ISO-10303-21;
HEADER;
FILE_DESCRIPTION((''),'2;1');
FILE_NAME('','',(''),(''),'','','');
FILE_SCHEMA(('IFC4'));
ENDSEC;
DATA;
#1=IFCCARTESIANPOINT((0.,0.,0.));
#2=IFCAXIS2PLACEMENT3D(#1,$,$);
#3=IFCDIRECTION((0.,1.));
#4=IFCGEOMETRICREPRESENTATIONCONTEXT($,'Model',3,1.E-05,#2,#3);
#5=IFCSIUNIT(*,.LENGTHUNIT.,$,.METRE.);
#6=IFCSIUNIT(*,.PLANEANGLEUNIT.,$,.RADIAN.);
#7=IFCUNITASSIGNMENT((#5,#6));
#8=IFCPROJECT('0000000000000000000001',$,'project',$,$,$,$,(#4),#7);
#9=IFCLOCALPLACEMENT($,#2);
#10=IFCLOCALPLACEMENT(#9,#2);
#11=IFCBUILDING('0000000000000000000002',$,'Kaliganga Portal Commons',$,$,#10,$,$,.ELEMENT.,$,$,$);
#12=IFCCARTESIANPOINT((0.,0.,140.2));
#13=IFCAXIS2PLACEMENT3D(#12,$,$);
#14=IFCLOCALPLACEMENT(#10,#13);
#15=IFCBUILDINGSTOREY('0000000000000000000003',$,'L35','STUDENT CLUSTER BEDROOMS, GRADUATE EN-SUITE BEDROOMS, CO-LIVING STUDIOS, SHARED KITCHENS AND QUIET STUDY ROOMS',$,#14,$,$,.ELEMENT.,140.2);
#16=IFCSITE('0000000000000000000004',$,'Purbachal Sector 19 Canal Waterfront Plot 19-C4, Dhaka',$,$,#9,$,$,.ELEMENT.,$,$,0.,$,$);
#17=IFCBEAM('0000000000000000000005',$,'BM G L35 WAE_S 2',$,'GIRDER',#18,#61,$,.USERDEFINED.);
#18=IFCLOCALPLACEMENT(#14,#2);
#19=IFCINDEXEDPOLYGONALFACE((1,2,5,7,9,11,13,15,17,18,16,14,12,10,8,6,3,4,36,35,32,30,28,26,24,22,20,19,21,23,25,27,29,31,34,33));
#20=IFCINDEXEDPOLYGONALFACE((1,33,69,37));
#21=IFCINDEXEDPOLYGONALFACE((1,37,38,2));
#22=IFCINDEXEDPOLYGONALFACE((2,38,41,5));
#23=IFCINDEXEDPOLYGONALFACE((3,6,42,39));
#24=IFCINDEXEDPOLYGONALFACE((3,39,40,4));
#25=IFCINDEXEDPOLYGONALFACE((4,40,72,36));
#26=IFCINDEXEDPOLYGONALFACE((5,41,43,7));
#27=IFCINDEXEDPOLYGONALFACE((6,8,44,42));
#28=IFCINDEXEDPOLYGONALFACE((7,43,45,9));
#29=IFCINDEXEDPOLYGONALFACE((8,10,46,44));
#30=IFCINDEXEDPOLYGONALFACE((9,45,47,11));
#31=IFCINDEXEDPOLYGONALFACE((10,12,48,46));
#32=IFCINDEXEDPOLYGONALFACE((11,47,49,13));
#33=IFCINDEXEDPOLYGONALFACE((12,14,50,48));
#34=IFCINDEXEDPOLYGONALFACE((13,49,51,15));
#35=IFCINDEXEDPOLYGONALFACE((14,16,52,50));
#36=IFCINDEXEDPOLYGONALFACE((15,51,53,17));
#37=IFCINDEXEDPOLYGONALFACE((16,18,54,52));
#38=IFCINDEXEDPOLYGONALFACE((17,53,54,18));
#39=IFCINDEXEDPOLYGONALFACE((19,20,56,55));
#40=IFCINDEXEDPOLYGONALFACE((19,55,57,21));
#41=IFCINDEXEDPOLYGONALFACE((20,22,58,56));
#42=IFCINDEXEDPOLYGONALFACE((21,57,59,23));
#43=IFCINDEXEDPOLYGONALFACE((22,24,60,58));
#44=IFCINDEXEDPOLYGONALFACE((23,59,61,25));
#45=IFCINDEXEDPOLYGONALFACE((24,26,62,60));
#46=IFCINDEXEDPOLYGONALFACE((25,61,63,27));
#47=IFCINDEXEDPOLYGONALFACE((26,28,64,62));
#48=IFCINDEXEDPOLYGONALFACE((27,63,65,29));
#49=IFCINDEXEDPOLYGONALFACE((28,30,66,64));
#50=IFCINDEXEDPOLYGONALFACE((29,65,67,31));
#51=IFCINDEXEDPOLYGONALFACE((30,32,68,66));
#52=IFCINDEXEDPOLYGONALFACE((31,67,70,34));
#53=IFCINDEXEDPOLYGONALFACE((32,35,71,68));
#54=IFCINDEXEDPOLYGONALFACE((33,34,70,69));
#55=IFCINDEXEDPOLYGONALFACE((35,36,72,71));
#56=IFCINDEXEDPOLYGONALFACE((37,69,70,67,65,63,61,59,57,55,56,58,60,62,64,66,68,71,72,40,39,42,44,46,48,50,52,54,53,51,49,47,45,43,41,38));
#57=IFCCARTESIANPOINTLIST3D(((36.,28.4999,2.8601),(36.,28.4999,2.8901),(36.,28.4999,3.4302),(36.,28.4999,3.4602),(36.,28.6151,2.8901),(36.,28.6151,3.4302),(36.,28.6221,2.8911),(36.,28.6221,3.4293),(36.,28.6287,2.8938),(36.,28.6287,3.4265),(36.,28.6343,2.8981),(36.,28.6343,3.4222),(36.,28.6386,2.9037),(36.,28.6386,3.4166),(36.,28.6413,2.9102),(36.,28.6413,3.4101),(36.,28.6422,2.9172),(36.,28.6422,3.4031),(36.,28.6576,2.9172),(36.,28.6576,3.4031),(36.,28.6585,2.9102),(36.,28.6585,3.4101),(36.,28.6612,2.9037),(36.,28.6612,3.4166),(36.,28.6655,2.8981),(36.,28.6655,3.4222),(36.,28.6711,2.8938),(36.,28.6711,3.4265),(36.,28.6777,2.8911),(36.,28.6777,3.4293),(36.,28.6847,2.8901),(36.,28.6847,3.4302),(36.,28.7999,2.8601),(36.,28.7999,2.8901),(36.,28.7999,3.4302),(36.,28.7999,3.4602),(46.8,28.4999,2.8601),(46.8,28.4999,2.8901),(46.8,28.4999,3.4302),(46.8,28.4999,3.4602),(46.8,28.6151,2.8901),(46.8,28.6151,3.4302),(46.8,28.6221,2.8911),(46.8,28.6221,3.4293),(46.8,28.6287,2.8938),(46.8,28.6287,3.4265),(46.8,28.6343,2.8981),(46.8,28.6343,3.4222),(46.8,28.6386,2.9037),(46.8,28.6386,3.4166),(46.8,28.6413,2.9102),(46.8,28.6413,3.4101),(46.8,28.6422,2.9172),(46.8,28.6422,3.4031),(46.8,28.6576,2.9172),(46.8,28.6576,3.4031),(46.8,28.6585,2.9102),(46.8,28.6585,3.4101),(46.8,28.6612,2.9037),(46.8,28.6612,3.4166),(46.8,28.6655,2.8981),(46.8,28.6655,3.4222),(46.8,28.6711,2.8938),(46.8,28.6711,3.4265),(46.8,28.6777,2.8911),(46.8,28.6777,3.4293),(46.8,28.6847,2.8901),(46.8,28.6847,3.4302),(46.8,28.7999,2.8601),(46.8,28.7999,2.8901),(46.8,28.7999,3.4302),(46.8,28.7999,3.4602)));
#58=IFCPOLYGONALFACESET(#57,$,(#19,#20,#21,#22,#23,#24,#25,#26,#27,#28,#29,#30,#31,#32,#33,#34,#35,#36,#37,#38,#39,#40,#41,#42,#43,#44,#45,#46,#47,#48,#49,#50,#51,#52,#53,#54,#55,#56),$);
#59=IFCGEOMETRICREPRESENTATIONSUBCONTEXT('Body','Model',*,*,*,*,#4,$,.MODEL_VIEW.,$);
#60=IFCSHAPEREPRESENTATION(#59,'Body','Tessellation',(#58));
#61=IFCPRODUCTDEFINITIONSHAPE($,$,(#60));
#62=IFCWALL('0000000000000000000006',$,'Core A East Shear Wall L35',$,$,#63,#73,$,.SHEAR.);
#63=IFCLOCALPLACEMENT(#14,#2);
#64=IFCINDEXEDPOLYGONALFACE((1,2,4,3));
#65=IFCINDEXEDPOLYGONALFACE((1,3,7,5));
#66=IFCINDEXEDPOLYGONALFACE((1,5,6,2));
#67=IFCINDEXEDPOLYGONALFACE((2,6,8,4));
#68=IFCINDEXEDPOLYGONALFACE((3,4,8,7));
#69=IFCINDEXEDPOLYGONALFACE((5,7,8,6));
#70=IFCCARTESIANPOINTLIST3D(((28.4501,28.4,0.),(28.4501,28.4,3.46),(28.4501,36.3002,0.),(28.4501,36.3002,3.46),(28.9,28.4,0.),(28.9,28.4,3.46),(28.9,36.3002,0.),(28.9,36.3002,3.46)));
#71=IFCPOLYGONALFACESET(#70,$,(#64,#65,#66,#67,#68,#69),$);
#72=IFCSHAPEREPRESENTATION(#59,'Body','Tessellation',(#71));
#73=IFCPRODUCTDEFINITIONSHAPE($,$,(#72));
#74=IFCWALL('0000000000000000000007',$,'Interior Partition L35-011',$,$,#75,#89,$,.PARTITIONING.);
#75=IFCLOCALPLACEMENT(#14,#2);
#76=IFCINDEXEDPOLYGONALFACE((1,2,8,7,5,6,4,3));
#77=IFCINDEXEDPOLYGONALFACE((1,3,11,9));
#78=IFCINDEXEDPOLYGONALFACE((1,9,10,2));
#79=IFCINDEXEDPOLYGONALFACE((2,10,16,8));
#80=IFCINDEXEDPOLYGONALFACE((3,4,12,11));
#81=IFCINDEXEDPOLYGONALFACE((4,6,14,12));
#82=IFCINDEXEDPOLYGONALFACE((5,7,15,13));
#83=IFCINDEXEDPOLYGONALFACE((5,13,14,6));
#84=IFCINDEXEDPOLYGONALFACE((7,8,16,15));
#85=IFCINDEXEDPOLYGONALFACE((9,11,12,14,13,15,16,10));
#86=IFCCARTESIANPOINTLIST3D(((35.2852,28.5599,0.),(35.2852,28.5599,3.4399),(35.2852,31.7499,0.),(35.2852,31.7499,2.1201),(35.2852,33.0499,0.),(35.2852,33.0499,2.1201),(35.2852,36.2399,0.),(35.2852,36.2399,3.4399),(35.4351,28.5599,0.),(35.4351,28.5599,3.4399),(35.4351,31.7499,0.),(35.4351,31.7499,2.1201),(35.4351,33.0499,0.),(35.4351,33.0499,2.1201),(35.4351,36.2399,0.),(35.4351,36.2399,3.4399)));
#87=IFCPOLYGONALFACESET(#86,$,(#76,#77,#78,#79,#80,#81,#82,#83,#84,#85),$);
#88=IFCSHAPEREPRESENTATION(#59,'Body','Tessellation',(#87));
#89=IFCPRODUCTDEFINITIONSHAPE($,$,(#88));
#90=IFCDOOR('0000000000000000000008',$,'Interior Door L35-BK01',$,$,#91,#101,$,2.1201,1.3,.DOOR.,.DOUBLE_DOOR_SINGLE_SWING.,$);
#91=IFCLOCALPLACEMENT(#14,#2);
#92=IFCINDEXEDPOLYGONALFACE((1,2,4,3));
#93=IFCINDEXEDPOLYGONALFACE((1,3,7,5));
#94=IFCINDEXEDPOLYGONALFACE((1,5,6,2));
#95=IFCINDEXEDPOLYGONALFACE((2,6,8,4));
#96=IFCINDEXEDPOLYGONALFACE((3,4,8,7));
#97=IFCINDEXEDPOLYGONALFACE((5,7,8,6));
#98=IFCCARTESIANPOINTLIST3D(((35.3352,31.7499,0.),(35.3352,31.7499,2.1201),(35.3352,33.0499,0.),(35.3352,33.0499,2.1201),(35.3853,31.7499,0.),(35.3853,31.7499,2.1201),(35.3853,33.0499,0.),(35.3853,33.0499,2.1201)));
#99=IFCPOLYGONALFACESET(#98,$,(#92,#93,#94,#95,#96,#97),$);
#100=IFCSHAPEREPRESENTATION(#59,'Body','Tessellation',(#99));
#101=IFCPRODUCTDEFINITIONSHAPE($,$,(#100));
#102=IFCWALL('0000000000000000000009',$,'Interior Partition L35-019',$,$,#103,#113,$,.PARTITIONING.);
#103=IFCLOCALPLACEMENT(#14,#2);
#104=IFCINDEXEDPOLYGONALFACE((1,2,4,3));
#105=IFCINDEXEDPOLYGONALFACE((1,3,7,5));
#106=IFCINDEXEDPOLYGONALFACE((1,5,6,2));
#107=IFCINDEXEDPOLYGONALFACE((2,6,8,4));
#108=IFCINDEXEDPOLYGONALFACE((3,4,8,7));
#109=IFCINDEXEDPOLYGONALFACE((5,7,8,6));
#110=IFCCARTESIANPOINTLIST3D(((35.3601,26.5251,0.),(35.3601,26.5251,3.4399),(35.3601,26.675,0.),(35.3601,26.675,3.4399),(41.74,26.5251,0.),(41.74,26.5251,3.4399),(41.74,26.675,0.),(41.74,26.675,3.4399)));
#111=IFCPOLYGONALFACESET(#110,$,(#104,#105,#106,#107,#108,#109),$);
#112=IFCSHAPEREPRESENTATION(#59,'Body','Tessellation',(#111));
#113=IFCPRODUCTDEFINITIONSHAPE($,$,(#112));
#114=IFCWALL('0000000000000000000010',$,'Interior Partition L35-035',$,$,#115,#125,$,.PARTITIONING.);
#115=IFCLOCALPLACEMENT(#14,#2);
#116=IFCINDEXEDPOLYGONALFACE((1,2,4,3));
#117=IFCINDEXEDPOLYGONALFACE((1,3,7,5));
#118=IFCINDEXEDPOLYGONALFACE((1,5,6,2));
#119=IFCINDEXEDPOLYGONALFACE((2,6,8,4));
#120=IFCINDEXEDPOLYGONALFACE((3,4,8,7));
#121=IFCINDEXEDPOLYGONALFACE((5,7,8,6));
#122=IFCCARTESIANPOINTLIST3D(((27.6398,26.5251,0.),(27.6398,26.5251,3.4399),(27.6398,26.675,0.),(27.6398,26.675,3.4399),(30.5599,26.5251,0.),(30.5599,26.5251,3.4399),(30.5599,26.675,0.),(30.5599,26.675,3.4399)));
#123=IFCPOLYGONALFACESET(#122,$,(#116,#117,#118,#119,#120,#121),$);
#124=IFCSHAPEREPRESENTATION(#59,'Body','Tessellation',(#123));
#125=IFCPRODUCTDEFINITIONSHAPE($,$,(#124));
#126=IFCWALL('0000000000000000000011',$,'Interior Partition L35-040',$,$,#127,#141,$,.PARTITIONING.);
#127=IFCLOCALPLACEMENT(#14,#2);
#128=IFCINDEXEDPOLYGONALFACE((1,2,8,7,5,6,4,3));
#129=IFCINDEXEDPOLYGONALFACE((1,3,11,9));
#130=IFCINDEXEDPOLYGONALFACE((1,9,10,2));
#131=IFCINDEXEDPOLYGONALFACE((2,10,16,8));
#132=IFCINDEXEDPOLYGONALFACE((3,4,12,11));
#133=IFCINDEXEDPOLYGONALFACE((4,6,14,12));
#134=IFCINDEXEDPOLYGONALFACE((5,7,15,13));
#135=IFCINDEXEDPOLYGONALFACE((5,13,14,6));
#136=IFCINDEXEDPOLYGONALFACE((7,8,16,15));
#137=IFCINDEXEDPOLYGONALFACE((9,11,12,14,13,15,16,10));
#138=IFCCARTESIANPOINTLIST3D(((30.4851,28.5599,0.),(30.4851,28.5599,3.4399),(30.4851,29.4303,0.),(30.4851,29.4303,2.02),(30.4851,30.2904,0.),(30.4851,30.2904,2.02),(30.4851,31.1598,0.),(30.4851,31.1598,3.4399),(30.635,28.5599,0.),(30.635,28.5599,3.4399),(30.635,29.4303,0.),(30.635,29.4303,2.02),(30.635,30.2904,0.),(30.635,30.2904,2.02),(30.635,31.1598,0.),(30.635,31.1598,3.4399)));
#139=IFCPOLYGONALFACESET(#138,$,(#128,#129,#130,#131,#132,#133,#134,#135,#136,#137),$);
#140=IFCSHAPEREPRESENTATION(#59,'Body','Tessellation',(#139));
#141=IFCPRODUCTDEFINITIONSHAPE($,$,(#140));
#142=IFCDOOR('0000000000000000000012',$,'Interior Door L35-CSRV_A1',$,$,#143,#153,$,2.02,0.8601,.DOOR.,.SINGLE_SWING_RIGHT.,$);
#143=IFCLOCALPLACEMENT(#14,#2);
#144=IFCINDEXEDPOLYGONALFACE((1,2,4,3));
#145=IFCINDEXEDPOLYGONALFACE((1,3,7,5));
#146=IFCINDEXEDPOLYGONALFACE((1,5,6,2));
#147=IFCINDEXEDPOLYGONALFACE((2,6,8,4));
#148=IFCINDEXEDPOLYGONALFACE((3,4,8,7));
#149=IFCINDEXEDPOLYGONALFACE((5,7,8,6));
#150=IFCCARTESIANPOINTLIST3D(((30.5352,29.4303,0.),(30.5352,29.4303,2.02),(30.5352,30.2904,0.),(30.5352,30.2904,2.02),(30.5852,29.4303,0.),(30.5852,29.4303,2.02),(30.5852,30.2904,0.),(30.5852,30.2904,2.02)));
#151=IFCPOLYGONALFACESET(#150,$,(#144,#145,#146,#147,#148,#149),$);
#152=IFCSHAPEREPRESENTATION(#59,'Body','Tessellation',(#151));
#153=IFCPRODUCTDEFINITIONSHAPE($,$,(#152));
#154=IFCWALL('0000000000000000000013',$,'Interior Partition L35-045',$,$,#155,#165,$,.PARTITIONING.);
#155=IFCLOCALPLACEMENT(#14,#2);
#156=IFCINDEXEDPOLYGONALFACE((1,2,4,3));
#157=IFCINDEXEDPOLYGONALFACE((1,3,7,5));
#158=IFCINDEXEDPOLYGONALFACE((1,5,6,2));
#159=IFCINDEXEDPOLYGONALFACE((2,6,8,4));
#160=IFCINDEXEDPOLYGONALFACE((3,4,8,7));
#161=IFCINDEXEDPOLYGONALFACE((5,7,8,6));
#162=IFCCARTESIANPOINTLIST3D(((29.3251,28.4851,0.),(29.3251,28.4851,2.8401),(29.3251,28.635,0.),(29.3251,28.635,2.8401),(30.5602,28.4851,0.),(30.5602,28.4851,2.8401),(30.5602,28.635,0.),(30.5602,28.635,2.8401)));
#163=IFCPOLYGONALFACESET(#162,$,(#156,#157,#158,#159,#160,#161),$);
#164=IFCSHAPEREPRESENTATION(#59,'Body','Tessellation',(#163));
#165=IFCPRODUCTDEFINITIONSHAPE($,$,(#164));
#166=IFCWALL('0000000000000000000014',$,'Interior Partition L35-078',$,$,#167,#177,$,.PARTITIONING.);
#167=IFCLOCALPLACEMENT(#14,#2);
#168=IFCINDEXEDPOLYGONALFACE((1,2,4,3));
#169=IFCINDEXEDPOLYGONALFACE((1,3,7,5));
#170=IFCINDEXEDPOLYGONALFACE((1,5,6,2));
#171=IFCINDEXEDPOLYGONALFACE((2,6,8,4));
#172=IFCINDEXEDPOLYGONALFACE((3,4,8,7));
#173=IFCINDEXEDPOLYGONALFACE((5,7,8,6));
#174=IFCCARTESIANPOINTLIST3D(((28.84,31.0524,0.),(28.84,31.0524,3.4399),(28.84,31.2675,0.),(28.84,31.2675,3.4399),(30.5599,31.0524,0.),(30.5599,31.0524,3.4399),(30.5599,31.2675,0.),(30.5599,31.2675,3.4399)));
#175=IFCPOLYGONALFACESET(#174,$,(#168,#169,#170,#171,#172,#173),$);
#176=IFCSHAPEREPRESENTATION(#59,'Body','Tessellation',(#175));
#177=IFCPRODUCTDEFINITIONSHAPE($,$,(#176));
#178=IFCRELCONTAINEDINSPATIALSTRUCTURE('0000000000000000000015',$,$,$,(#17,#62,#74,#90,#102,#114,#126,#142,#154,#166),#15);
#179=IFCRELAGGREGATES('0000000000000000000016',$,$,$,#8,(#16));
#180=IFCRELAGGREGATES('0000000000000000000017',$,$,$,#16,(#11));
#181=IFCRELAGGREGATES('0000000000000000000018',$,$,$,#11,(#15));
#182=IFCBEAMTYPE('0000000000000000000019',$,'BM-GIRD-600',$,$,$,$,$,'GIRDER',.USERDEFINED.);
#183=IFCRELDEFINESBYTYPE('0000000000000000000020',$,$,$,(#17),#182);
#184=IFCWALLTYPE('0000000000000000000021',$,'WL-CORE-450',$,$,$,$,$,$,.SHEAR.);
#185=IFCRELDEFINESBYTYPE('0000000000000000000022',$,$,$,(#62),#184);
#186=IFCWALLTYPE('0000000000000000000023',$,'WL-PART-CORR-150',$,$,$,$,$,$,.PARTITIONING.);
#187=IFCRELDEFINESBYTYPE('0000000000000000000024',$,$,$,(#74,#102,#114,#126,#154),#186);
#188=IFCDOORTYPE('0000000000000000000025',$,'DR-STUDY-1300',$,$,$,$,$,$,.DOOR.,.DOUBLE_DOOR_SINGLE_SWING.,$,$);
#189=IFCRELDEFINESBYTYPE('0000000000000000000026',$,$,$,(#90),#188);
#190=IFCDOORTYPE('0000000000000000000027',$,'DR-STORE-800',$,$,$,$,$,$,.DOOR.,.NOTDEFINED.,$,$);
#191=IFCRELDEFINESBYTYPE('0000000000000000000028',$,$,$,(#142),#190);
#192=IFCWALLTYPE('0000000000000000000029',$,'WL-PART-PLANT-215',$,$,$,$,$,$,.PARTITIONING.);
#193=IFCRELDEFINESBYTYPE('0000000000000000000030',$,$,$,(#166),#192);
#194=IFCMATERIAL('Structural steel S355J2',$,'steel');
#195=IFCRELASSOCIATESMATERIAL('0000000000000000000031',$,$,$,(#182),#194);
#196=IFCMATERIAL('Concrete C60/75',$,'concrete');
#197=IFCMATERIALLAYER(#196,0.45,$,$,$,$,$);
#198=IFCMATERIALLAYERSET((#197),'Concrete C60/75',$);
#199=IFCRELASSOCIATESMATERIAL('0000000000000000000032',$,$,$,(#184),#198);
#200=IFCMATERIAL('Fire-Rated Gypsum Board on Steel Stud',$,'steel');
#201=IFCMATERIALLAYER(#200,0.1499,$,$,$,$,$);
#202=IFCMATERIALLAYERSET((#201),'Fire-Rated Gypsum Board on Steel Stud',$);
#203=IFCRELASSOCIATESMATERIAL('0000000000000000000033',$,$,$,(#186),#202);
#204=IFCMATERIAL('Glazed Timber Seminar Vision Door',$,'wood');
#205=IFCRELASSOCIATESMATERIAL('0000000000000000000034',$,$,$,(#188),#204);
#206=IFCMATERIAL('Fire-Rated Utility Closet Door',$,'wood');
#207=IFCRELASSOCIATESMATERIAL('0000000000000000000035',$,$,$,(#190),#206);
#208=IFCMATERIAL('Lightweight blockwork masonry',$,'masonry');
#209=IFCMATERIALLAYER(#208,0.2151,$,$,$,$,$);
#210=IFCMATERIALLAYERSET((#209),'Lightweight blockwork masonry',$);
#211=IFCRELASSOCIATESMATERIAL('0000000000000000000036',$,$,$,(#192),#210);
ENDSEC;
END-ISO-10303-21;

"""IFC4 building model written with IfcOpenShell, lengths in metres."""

from ifc_helpers import new_model, si_unit, direction, frame, frame_2d, origin, origin_2d, place, context, subcontext, project, spatial, rectangle, i_section, extrude, source, transform, mapped, material, layer, layer_set, material_profile, profile_set, type_object, element, fill, save


model = new_model("IFC4")

# Units and contexts
model_context = context("Model", 3, precision=1e-05, world=origin(), true_north=direction((0.0, 1.0)))
body_context = subcontext(model_context, "Body", "Model", "MODEL_VIEW")
ifc_project = project(units=[si_unit("LENGTHUNIT", "METRE"), si_unit("PLANEANGLEUNIT", "RADIAN")], contexts=[model_context])

# Site, building, storey
site_placement = place(None, origin())
site = spatial("IfcSite", under=ifc_project, at=site_placement, Name="Purbachal Sector 19 Canal Waterfront Plot 19-C4, Dhaka", CompositionType="ELEMENT", RefElevation=0.0)
building_placement = place(site_placement, origin())
building = spatial("IfcBuilding", under=site, at=building_placement, Name="Kaliganga Portal Commons", CompositionType="ELEMENT")
storey_placement = place(building_placement, frame((0.0, 0.0, 140.2)))
storey = spatial("IfcBuildingStorey", under=building, at=storey_placement, Name="L35", Description="STUDENT CLUSTER BEDROOMS, GRADUATE EN-SUITE BEDROOMS, CO-LIVING STUDIOS, SHARED KITCHENS AND QUIET STUDY ROOMS", CompositionType="ELEMENT", Elevation=140.2)

# Shared definitions
ifc_material_1 = material(Name="Concrete C60/75", Category="concrete")

# Beam
ifc_material_2 = material(Name="Structural steel S355J2", Category="steel")
ifc_material_profile_1 = material_profile(ifc_material_2, i_section(OverallWidth=0.3, OverallDepth=0.6001, WebThickness=0.0154, FlangeThickness=0.03, FilletRadius=0.0271, at=origin_2d()), Name="HE 600 B")
ifc_profile_set_1 = profile_set([ifc_material_profile_1], Name="Structural steel S355J2 wide-flange")
beam_type_1 = type_object("IfcBeamType", Name="BM-GIRD-600", ElementType="GIRDER", PredefinedType="USERDEFINED", material=ifc_profile_set_1)
shared_shape_1 = source(origin(), body_context, "Body", "SweptSolid", [
    extrude(i_section(OverallWidth=0.3, OverallDepth=0.6001, WebThickness=0.0154, FlangeThickness=0.03, FilletRadius=0.0271, at=origin_2d()), origin(), (0.0, 0.0, 1.0), 10.8),
])
beam_1_placement = place(storey_placement, frame((36.0, 28.6499, 3.1602), z_axis=(1.0, 0.0, 0.0), x_axis=(0.0, 1.0, 0.0)))
element("IfcBeam", 1, at=beam_1_placement, inside=storey, type_object=beam_type_1, Name="BM G L35 WAE_S 2", ObjectType="GIRDER", PredefinedType="USERDEFINED", context=body_context, shape_type="MappedRepresentation", body=[
    mapped(shared_shape_1, transform((0.0, 0.0, 0.0), x_axis=(1.0, 0.0, 0.0), y_axis=(0.0, 1.0, 0.0), z_axis=(0.0, 0.0, 1.0), scale=1.0)),
])

# Wall
ifc_layer_1 = layer(ifc_material_1, 0.45)
ifc_layer_set_1 = layer_set([ifc_layer_1], Name="Concrete C60/75")
wall_type_1 = type_object("IfcWallType", Name="WL-CORE-450", PredefinedType="SHEAR", material=ifc_layer_set_1)
wall_1_placement = place(storey_placement, frame((28.675, 28.3999, 0.0), z_axis=(0.0, 0.0, 1.0), x_axis=(0.0, 1.0, 0.0)))
element("IfcWall", 2, at=wall_1_placement, inside=storey, type_object=wall_type_1, Name="Core A East Shear Wall L35", PredefinedType="SHEAR", context=body_context, shape_type="SweptSolid", body=[
    extrude(rectangle(XDim=7.9001, YDim=0.45, at=frame_2d((3.9502, 0.0))), origin(), (0.0, 0.0, 1.0), 3.46),
])

# Wall, opening, door
ifc_material_3 = material(Name="Fire-Rated Gypsum Board on Steel Stud", Category="steel")
ifc_layer_2 = layer(ifc_material_3, 0.1499)
ifc_layer_set_2 = layer_set([ifc_layer_2], Name="Fire-Rated Gypsum Board on Steel Stud")
wall_type_2 = type_object("IfcWallType", Name="WL-PART-CORR-150", PredefinedType="PARTITIONING", material=ifc_layer_set_2)
wall_2_placement = place(storey_placement, frame((35.3601, 28.5601, 0.0), z_axis=(0.0, 0.0, 1.0), x_axis=(0.0, 1.0, 0.0)))
wall_2 = element("IfcWall", 3, at=wall_2_placement, inside=storey, type_object=wall_type_2, Name="Interior Partition L35-011", PredefinedType="PARTITIONING", context=body_context, shape_type="SweptSolid", body=[
    extrude(rectangle(XDim=7.6799, YDim=0.1499, at=frame_2d((3.8398, 0.0))), origin(), (0.0, 0.0, 1.0), 3.4399),
])
opening_1_placement = place(wall_2_placement, frame((3.1899, 0.0, 0.0)))
opening_1 = element("IfcOpeningElement", 4, at=opening_1_placement, cuts=wall_2, PredefinedType="OPENING", context=body_context, shape_type="SweptSolid", body=[
    extrude(rectangle(XDim=1.3, YDim=2.1201, at=frame_2d((0.6499, 1.0601))), frame((0.0, 0.085, 0.0), z_axis=(0.0, -1.0, 0.0), x_axis=(1.0, 0.0, 0.0)), (0.0, 0.0, 1.0), 0.1699),
])
ifc_material_4 = material(Name="Glazed Timber Seminar Vision Door", Category="wood")
door_type_1 = type_object("IfcDoorType", Name="DR-STUDY-1300", OperationType="DOUBLE_DOOR_SINGLE_SWING", PredefinedType="DOOR", material=ifc_material_4)
door_1_placement = place(opening_1_placement, origin())
door_1 = element("IfcDoor", 5, at=door_1_placement, inside=storey, type_object=door_type_1, Name="Interior Door L35-BK01", OperationType="DOUBLE_DOOR_SINGLE_SWING", OverallHeight=2.1201, OverallWidth=1.3, PredefinedType="DOOR", context=body_context, shape_type="SweptSolid", body=[
    extrude(rectangle(XDim=1.3, YDim=2.1201, at=frame_2d((0.6499, 1.0601))), frame((0.0, 0.0249, 0.0), z_axis=(0.0, -1.0, 0.0), x_axis=(1.0, 0.0, 0.0)), (0.0, 0.0, 1.0), 0.05),
])
fill(opening_1, door_1)

# Walls
wall_3_placement = place(storey_placement, frame((35.3601, 26.6001, 0.0), z_axis=(0.0, 0.0, 1.0), x_axis=(1.0, 0.0, 0.0)))
element("IfcWall", 6, at=wall_3_placement, inside=storey, type_object=wall_type_2, Name="Interior Partition L35-019", PredefinedType="PARTITIONING", context=body_context, shape_type="SweptSolid", body=[
    extrude(rectangle(XDim=6.3799, YDim=0.1499, at=frame_2d((3.1899, 0.0))), origin(), (0.0, 0.0, 1.0), 3.4399),
])
wall_4_placement = place(storey_placement, frame((27.6399, 26.6001, 0.0), z_axis=(0.0, 0.0, 1.0), x_axis=(1.0, 0.0, 0.0)))
element("IfcWall", 7, at=wall_4_placement, inside=storey, type_object=wall_type_2, Name="Interior Partition L35-035", PredefinedType="PARTITIONING", context=body_context, shape_type="SweptSolid", body=[
    extrude(rectangle(XDim=2.9202, YDim=0.1499, at=frame_2d((1.46, 0.0))), origin(), (0.0, 0.0, 1.0), 3.4399),
])

# Wall, opening, door
wall_5_placement = place(storey_placement, frame((30.5601, 28.5601, 0.0), z_axis=(0.0, 0.0, 1.0), x_axis=(0.0, 1.0, 0.0)))
wall_5 = element("IfcWall", 8, at=wall_5_placement, inside=storey, type_object=wall_type_2, Name="Interior Partition L35-040", PredefinedType="PARTITIONING", context=body_context, shape_type="SweptSolid", body=[
    extrude(rectangle(XDim=2.5999, YDim=0.1499, at=frame_2d((1.2998, 0.0))), origin(), (0.0, 0.0, 1.0), 3.4399),
])
opening_2_placement = place(wall_5_placement, frame((0.8701, 0.0, 0.0)))
opening_2 = element("IfcOpeningElement", 9, at=opening_2_placement, cuts=wall_5, PredefinedType="OPENING", context=body_context, shape_type="SweptSolid", body=[
    extrude(rectangle(XDim=0.8601, YDim=2.02, at=frame_2d((0.4302, 1.01))), frame((0.0, 0.085, 0.0), z_axis=(0.0, -1.0, 0.0), x_axis=(1.0, 0.0, 0.0)), (0.0, 0.0, 1.0), 0.1699),
])
ifc_material_5 = material(Name="Fire-Rated Utility Closet Door", Category="wood")
door_type_2 = type_object("IfcDoorType", Name="DR-STORE-800", OperationType="NOTDEFINED", PredefinedType="DOOR", material=ifc_material_5)
door_2_placement = place(opening_2_placement, origin())
door_2 = element("IfcDoor", 10, at=door_2_placement, inside=storey, type_object=door_type_2, Name="Interior Door L35-CSRV_A1", OperationType="SINGLE_SWING_RIGHT", OverallHeight=2.02, OverallWidth=0.8601, PredefinedType="DOOR", context=body_context, shape_type="SweptSolid", body=[
    extrude(rectangle(XDim=0.8601, YDim=2.02, at=frame_2d((0.4302, 1.01))), frame((0.0, 0.0249, 0.0), z_axis=(0.0, -1.0, 0.0), x_axis=(1.0, 0.0, 0.0)), (0.0, 0.0, 1.0), 0.05),
])
fill(opening_2, door_2)

# Wall
wall_6_placement = place(storey_placement, frame((29.325, 28.5601, 0.0), z_axis=(0.0, 0.0, 1.0), x_axis=(1.0, 0.0, 0.0)))
element("IfcWall", 11, at=wall_6_placement, inside=storey, type_object=wall_type_2, Name="Interior Partition L35-045", PredefinedType="PARTITIONING", context=body_context, shape_type="SweptSolid", body=[
    extrude(rectangle(XDim=1.2351, YDim=0.1499, at=frame_2d((0.6177, 0.0))), origin(), (0.0, 0.0, 1.0), 2.8401),
])

# Shared definitions
ifc_material_6 = material(Name="Lightweight blockwork masonry", Category="masonry")
ifc_layer_3 = layer(ifc_material_6, 0.2151)
ifc_layer_set_3 = layer_set([ifc_layer_3], Name="Lightweight blockwork masonry")
wall_type_3 = type_object("IfcWallType", Name="WL-PART-PLANT-215", PredefinedType="PARTITIONING", material=ifc_layer_set_3)

# Wall
wall_7_placement = place(storey_placement, frame((28.8401, 31.1599, 0.0), z_axis=(0.0, 0.0, 1.0), x_axis=(1.0, 0.0, 0.0)))
element("IfcWall", 12, at=wall_7_placement, inside=storey, type_object=wall_type_3, Name="Interior Partition L35-078", PredefinedType="PARTITIONING", context=body_context, shape_type="SweptSolid", body=[
    extrude(rectangle(XDim=1.72, YDim=0.2151, at=frame_2d((0.8599, 0.0))), origin(), (0.0, 0.0, 1.0), 3.4399),
])

save(model, "model.ifc")
